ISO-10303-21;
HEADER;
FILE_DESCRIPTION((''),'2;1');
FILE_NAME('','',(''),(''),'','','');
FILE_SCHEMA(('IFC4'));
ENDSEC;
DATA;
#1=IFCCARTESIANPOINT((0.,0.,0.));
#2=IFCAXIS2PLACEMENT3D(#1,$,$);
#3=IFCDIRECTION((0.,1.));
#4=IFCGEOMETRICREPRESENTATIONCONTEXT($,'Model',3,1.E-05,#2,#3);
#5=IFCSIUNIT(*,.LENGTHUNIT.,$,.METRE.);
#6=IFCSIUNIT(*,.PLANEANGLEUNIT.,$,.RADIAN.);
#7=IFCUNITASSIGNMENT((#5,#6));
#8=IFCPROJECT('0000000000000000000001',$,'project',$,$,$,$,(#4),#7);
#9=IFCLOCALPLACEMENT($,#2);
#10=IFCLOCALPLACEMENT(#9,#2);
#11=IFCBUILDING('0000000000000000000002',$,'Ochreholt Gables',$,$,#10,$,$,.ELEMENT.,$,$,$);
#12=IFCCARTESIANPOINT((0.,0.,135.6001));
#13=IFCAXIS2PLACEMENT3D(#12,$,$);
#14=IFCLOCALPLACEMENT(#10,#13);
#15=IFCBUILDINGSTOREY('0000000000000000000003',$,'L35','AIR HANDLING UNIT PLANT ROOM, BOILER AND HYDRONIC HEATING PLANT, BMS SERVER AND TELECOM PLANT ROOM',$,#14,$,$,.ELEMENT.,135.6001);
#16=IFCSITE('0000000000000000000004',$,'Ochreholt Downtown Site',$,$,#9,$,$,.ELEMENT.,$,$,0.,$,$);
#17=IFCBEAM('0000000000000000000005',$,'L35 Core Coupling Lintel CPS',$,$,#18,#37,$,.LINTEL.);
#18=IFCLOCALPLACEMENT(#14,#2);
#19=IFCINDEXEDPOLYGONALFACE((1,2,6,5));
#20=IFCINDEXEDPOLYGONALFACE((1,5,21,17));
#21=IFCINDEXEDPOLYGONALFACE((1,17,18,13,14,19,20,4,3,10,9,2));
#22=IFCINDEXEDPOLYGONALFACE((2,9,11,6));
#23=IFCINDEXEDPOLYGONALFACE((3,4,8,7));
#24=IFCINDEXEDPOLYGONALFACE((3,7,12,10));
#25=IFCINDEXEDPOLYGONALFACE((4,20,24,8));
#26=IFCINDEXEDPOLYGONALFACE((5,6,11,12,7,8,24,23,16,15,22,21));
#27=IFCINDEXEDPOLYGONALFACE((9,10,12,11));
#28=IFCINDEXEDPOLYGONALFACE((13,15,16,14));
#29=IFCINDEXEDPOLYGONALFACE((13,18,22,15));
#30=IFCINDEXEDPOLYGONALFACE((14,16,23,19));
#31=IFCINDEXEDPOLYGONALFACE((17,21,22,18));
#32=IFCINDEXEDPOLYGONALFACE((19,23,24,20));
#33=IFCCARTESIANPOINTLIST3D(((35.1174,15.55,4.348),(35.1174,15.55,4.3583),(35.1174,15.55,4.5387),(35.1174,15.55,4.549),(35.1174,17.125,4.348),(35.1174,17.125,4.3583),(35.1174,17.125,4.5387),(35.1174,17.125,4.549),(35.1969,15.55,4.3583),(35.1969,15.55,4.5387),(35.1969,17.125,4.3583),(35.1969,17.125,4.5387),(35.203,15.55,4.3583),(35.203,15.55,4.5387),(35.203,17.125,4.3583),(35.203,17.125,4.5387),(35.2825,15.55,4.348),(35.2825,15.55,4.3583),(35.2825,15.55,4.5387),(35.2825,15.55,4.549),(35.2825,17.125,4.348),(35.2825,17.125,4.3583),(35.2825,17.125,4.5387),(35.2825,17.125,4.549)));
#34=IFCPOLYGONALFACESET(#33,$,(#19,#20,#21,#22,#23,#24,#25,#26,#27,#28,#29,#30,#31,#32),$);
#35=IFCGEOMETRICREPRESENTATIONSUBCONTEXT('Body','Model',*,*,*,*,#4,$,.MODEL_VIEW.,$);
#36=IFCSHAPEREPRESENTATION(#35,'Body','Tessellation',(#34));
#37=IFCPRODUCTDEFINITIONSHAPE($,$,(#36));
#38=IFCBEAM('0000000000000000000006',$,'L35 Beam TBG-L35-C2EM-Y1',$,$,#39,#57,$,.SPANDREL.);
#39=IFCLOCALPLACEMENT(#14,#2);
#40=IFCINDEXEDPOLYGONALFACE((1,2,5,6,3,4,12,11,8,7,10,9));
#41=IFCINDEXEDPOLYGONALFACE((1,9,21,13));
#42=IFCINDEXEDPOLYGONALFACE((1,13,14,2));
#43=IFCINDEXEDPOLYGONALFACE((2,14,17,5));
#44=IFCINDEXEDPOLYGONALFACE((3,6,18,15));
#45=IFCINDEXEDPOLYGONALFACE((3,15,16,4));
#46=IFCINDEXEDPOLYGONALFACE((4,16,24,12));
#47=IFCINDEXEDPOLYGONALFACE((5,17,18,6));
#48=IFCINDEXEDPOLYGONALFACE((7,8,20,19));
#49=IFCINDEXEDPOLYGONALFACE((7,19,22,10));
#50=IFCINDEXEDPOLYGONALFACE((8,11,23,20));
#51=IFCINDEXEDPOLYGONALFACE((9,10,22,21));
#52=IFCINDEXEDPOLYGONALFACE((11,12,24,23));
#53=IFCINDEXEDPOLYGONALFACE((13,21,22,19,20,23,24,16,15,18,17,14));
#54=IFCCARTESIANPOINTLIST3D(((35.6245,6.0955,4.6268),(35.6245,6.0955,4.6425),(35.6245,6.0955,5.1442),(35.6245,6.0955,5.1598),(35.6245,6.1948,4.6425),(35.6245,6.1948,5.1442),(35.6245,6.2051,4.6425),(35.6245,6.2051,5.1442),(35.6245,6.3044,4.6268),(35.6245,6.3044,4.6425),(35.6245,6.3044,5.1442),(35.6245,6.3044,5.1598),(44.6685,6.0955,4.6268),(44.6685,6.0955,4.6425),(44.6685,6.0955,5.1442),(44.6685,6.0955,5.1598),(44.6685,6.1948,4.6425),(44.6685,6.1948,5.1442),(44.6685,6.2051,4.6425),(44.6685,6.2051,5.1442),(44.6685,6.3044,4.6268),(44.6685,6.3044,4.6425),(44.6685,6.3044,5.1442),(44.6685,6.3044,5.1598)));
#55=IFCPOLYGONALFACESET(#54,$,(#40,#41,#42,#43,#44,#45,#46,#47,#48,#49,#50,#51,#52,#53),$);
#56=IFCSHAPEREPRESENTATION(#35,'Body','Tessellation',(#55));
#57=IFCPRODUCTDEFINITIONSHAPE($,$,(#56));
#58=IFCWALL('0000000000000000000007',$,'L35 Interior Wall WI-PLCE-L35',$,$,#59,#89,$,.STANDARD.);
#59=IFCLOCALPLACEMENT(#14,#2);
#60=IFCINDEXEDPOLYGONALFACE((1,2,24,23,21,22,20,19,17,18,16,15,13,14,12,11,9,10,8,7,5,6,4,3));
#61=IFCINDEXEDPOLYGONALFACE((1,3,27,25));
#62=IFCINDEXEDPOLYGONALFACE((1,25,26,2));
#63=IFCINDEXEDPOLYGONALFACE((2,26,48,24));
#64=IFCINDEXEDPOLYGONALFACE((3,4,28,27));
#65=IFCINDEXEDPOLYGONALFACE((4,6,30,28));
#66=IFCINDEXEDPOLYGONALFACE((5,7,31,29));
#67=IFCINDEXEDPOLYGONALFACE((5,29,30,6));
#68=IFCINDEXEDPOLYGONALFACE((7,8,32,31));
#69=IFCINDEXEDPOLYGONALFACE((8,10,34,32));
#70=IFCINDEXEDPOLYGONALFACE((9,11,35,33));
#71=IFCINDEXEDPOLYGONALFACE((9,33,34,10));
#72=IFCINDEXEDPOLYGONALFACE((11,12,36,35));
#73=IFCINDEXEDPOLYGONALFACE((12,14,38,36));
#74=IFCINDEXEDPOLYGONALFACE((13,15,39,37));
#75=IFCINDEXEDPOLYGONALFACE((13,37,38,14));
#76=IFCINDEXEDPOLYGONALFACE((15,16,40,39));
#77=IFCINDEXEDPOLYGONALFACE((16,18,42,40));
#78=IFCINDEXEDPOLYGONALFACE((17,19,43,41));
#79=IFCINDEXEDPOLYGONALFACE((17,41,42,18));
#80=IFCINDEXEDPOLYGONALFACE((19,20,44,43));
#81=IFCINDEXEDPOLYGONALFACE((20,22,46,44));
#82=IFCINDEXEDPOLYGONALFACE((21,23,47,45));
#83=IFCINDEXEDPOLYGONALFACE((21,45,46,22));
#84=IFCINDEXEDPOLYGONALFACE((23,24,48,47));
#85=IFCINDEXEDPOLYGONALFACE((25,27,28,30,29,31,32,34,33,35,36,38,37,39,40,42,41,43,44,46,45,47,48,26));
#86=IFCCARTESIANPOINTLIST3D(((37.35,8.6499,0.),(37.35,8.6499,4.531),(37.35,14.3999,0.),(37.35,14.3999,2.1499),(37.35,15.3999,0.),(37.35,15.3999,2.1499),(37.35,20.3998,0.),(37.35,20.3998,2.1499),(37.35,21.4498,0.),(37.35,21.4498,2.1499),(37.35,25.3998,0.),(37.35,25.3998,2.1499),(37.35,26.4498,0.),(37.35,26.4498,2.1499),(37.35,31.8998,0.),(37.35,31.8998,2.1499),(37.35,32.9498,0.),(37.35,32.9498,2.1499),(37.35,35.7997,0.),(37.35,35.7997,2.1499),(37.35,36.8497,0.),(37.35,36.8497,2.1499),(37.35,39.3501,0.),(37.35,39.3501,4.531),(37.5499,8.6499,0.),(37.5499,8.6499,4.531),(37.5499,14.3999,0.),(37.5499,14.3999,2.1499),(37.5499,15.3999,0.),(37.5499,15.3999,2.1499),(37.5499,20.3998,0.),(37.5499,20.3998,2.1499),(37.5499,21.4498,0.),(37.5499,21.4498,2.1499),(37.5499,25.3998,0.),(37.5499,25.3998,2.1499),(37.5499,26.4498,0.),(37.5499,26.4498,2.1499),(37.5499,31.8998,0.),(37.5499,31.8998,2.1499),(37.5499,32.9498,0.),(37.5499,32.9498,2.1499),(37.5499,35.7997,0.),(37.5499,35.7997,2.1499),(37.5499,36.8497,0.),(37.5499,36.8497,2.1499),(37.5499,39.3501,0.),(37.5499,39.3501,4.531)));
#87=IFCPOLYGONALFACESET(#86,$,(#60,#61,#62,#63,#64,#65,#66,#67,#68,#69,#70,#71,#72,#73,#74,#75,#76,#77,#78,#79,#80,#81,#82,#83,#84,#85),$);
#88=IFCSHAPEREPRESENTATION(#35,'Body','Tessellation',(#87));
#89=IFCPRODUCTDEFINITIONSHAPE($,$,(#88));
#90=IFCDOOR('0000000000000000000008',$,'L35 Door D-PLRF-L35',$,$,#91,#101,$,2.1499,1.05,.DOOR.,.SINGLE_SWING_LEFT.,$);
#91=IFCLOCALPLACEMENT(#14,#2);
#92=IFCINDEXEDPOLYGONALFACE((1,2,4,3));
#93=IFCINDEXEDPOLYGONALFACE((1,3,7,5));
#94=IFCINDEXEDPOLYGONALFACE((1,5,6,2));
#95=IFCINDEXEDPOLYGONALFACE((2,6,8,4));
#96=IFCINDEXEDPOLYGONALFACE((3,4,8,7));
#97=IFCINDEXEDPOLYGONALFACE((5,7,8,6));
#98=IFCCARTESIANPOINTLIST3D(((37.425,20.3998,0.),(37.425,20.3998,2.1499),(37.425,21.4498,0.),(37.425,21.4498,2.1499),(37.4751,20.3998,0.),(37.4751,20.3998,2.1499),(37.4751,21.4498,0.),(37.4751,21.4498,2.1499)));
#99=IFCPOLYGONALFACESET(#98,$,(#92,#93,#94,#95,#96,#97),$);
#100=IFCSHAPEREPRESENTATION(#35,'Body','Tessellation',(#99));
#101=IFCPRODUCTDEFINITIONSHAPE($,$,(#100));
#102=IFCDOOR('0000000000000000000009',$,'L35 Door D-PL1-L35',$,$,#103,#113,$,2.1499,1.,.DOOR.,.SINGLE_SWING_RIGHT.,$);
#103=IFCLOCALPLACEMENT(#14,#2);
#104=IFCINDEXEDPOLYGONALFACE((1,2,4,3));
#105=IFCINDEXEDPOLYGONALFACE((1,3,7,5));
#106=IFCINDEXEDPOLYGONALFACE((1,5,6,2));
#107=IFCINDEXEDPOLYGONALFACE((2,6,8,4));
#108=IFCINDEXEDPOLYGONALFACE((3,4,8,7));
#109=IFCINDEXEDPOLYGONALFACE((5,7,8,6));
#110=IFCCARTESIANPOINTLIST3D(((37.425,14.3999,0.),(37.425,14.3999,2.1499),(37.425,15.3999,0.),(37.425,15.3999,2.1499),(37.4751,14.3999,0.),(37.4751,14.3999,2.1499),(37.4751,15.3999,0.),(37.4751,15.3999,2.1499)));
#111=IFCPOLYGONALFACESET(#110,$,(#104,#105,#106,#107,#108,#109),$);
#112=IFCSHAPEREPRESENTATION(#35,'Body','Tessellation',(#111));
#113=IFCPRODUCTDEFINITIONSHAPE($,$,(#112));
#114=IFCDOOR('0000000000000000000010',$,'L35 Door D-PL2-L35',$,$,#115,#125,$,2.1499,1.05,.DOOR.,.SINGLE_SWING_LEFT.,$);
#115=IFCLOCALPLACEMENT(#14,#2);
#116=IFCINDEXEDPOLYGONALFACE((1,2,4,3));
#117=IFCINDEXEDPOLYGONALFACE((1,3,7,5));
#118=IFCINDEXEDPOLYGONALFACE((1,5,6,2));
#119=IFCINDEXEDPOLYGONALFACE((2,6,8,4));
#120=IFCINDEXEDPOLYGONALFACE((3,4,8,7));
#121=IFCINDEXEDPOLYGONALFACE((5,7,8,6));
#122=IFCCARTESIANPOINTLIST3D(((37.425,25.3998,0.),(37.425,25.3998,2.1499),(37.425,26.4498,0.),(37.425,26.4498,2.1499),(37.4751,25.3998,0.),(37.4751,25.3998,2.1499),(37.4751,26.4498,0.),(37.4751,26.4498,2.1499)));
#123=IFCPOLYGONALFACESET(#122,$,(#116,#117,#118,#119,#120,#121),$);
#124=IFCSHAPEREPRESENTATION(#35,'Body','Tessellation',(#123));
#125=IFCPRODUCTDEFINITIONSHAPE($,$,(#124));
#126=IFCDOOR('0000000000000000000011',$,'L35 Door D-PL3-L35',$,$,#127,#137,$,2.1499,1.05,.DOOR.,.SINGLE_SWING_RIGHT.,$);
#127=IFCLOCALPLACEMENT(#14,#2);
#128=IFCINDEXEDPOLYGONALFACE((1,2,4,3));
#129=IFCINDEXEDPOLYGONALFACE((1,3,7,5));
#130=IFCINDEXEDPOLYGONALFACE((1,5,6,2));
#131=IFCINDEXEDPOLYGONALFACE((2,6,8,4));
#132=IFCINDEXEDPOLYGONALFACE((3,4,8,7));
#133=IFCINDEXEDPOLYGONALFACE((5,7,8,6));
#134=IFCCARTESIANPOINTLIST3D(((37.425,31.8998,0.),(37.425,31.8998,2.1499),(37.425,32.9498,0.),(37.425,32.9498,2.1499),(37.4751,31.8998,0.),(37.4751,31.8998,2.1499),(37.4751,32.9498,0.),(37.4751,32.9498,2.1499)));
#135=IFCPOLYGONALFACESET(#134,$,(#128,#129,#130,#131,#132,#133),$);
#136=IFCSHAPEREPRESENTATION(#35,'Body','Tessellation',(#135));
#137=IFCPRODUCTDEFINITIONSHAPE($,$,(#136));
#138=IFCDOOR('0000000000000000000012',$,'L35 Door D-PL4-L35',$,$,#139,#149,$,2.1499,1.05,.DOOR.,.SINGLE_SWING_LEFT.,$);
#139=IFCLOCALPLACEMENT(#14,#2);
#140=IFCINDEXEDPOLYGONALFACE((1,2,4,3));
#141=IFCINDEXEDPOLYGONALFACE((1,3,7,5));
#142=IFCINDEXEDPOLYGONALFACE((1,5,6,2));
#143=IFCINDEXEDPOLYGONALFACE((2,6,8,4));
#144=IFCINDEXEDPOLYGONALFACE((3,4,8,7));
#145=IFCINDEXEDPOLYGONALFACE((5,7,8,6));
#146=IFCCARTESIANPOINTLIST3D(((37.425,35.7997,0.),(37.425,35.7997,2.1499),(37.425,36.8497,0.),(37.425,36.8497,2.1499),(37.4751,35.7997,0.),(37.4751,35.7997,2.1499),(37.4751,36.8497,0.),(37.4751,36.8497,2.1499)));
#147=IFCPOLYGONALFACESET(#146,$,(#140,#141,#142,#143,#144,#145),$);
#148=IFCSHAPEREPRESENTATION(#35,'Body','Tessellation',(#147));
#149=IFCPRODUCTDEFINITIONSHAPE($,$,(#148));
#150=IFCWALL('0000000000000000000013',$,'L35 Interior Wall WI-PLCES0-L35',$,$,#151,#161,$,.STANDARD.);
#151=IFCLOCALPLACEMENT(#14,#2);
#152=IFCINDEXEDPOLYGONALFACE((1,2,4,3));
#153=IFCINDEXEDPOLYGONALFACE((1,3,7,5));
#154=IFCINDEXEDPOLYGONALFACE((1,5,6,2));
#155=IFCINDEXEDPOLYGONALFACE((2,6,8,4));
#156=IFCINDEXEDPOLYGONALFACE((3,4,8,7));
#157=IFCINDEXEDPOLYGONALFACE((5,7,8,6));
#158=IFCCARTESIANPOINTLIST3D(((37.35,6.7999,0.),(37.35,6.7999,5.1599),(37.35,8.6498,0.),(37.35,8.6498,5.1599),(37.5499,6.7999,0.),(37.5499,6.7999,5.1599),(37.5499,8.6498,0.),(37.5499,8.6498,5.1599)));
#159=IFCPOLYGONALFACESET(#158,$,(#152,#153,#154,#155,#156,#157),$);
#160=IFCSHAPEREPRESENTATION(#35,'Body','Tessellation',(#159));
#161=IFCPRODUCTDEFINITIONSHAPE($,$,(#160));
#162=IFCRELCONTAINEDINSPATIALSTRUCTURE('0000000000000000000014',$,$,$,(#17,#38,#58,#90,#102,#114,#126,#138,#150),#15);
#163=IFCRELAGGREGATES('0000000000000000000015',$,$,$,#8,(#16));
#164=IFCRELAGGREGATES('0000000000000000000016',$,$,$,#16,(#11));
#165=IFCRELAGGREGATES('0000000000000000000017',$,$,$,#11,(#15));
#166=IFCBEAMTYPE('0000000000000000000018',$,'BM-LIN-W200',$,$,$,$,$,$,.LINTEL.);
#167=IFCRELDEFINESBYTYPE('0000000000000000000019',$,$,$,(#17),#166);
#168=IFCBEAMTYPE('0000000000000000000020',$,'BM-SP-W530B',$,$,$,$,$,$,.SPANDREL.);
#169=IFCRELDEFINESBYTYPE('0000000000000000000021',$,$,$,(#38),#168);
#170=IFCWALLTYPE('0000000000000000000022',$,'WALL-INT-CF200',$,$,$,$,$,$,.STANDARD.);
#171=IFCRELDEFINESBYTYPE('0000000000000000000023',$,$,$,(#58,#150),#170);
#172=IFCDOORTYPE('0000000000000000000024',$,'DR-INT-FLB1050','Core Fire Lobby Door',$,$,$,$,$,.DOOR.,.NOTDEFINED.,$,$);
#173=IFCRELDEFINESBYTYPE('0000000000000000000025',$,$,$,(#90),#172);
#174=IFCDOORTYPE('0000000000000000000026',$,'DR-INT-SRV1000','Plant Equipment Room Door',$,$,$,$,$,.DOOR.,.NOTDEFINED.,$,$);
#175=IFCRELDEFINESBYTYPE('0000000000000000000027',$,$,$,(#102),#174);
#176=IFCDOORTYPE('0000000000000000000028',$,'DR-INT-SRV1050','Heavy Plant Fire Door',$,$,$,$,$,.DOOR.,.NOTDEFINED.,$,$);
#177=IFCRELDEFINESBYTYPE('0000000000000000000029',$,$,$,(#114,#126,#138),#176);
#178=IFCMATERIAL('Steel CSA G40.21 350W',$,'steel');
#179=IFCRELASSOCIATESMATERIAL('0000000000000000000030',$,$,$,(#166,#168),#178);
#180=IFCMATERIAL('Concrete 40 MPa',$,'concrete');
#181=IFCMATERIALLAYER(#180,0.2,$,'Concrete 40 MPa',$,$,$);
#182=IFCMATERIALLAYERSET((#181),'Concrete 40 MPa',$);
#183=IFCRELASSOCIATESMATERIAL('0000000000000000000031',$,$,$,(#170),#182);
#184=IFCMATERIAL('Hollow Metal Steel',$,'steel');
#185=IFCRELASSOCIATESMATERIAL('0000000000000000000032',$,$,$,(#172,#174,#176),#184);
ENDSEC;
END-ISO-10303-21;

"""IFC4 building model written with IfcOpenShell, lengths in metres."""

from ifc_helpers import new_model, si_unit, direction, frame, frame_2d, origin, origin_2d, place, context, subcontext, project, spatial, rectangle, i_section, extrude, material, layer, layer_set, material_profile, profile_set, type_object, element, fill, save


model = new_model("IFC4")

# Units and contexts
model_context = context("Model", 3, precision=1e-05, world=origin(), true_north=direction((0.0, 1.0)))
body_context = subcontext(model_context, "Body", "Model", "MODEL_VIEW")
ifc_project = project(units=[si_unit("LENGTHUNIT", "METRE"), si_unit("PLANEANGLEUNIT", "RADIAN")], contexts=[model_context])

# Site, building, storey
site_placement = place(None, origin())
site = spatial("IfcSite", under=ifc_project, at=site_placement, Name="Ochreholt Downtown Site", CompositionType="ELEMENT", RefElevation=0.0)
building_placement = place(site_placement, origin())
building = spatial("IfcBuilding", under=site, at=building_placement, Name="Ochreholt Gables", CompositionType="ELEMENT")
storey_placement = place(building_placement, frame((0.0, 0.0, 135.6001)))
storey = spatial("IfcBuildingStorey", under=building, at=storey_placement, Name="L35", Description="AIR HANDLING UNIT PLANT ROOM, BOILER AND HYDRONIC HEATING PLANT, BMS SERVER AND TELECOM PLANT ROOM", CompositionType="ELEMENT", Elevation=135.6001)

# Shared definitions
ifc_material_1 = material(Name="Steel CSA G40.21 350W", Category="steel")

# Beams
ifc_material_profile_1 = material_profile(ifc_material_1, i_section(OverallWidth=0.165, OverallDepth=0.2009, WebThickness=0.0061, FlangeThickness=0.0103, at=origin_2d()), Name="W200X36")
ifc_profile_set_1 = profile_set([ifc_material_profile_1], Name="Steel CSA G40.21 350W")
beam_type_1 = type_object("IfcBeamType", Name="BM-LIN-W200", PredefinedType="LINTEL", material=ifc_profile_set_1)
beam_1_placement = place(storey_placement, frame((35.2, 15.55, 4.4485), z_axis=(0.0, 1.0, 0.0), x_axis=(-1.0, 0.0, 0.0)))
element("IfcBeam", 1, at=beam_1_placement, inside=storey, type_object=beam_type_1, Name="L35 Core Coupling Lintel CPS", PredefinedType="LINTEL", context=body_context, shape_type="SweptSolid", body=[
    extrude(i_section(OverallWidth=0.165, OverallDepth=0.2009, WebThickness=0.0061, FlangeThickness=0.0103, at=origin_2d()), origin(), (0.0, 0.0, 1.0), 1.575),
])
ifc_material_profile_2 = material_profile(ifc_material_1, i_section(OverallWidth=0.209, OverallDepth=0.533, WebThickness=0.0103, FlangeThickness=0.0156, at=origin_2d()), Name="W530X92")
ifc_profile_set_2 = profile_set([ifc_material_profile_2], Name="Steel CSA G40.21 350W")
beam_type_2 = type_object("IfcBeamType", Name="BM-SP-W530B", PredefinedType="SPANDREL", material=ifc_profile_set_2)
beam_2_placement = place(storey_placement, frame((35.6245, 6.2, 4.8933), z_axis=(1.0, 0.0, 0.0), x_axis=(0.0, 1.0, 0.0)))
element("IfcBeam", 2, at=beam_2_placement, inside=storey, type_object=beam_type_2, Name="L35 Beam TBG-L35-C2EM-Y1", PredefinedType="SPANDREL", context=body_context, shape_type="SweptSolid", body=[
    extrude(i_section(OverallWidth=0.209, OverallDepth=0.533, WebThickness=0.0103, FlangeThickness=0.0156, at=origin_2d()), origin(), (0.0, 0.0, 1.0), 9.0439),
])

# Wall, openings, doors
ifc_material_2 = material(Name="Concrete 40 MPa", Category="concrete")
ifc_layer_1 = layer(ifc_material_2, 0.2, Name="Concrete 40 MPa")
ifc_layer_set_1 = layer_set([ifc_layer_1], Name="Concrete 40 MPa")
wall_type = type_object("IfcWallType", Name="WALL-INT-CF200", PredefinedType="STANDARD", material=ifc_layer_set_1)
wall_1_placement = place(storey_placement, frame((37.45, 8.6499, 0.0), z_axis=(0.0, 0.0, 1.0), x_axis=(0.0, 1.0, 0.0)))
wall_1 = element("IfcWall", 3, at=wall_1_placement, inside=storey, type_object=wall_type, Name="L35 Interior Wall WI-PLCE-L35", PredefinedType="STANDARD", context=body_context, shape_type="SweptSolid", body=[
    extrude(rectangle(XDim=30.7002, YDim=0.2, at=frame_2d((15.3501, 0.0))), origin(), (0.0, 0.0, 1.0), 4.531),
])
opening_1_placement = place(wall_1_placement, frame((11.75, 0.0, 0.0)))
opening_1 = element("IfcOpeningElement", 4, at=opening_1_placement, cuts=wall_1, PredefinedType="OPENING", context=body_context, shape_type="SweptSolid", body=[
    extrude(rectangle(XDim=1.05, YDim=2.1499, at=frame_2d((0.5249, 1.075))), frame((0.0, 0.1099, 0.0), z_axis=(0.0, -1.0, 0.0), x_axis=(1.0, 0.0, 0.0)), (0.0, 0.0, 1.0), 0.22),
])
opening_2_placement = place(wall_1_placement, frame((5.75, 0.0, 0.0)))
opening_2 = element("IfcOpeningElement", 5, at=opening_2_placement, cuts=wall_1, PredefinedType="OPENING", context=body_context, shape_type="SweptSolid", body=[
    extrude(rectangle(XDim=1.0, YDim=2.1499, at=frame_2d((0.5, 1.075))), frame((0.0, 0.1099, 0.0), z_axis=(0.0, -1.0, 0.0), x_axis=(1.0, 0.0, 0.0)), (0.0, 0.0, 1.0), 0.22),
])
opening_3_placement = place(wall_1_placement, frame((16.75, 0.0, 0.0)))
opening_3 = element("IfcOpeningElement", 6, at=opening_3_placement, cuts=wall_1, PredefinedType="OPENING", context=body_context, shape_type="SweptSolid", body=[
    extrude(rectangle(XDim=1.05, YDim=2.1499, at=frame_2d((0.5249, 1.075))), frame((0.0, 0.1099, 0.0), z_axis=(0.0, -1.0, 0.0), x_axis=(1.0, 0.0, 0.0)), (0.0, 0.0, 1.0), 0.22),
])
opening_4_placement = place(wall_1_placement, frame((23.25, 0.0, 0.0)))
opening_4 = element("IfcOpeningElement", 7, at=opening_4_placement, cuts=wall_1, PredefinedType="OPENING", context=body_context, shape_type="SweptSolid", body=[
    extrude(rectangle(XDim=1.05, YDim=2.1499, at=frame_2d((0.5249, 1.075))), frame((0.0, 0.1099, 0.0), z_axis=(0.0, -1.0, 0.0), x_axis=(1.0, 0.0, 0.0)), (0.0, 0.0, 1.0), 0.22),
])
opening_5_placement = place(wall_1_placement, frame((27.1499, 0.0, 0.0)))
opening_5 = element("IfcOpeningElement", 8, at=opening_5_placement, cuts=wall_1, PredefinedType="OPENING", context=body_context, shape_type="SweptSolid", body=[
    extrude(rectangle(XDim=1.05, YDim=2.1499, at=frame_2d((0.5249, 1.075))), frame((0.0, 0.1099, 0.0), z_axis=(0.0, -1.0, 0.0), x_axis=(1.0, 0.0, 0.0)), (0.0, 0.0, 1.0), 0.22),
])
ifc_material_3 = material(Name="Hollow Metal Steel", Category="steel")
door_type_1 = type_object("IfcDoorType", Name="DR-INT-FLB1050", Description="Core Fire Lobby Door", OperationType="NOTDEFINED", PredefinedType="DOOR", material=ifc_material_3)
door_1_placement = place(opening_1_placement, origin())
door_1 = element("IfcDoor", 9, at=door_1_placement, inside=storey, type_object=door_type_1, Name="L35 Door D-PLRF-L35", OperationType="SINGLE_SWING_LEFT", OverallHeight=2.1499, OverallWidth=1.05, PredefinedType="DOOR", context=body_context, shape_type="SweptSolid", body=[
    extrude(rectangle(XDim=1.05, YDim=2.1499, at=frame_2d((0.5249, 1.075))), frame((0.0, 0.0249, 0.0), z_axis=(0.0, -1.0, 0.0), x_axis=(1.0, 0.0, 0.0)), (0.0, 0.0, 1.0), 0.05),
])
fill(opening_1, door_1)
door_type_2 = type_object("IfcDoorType", Name="DR-INT-SRV1000", Description="Plant Equipment Room Door", OperationType="NOTDEFINED", PredefinedType="DOOR", material=ifc_material_3)
door_2_placement = place(opening_2_placement, origin())
door_2 = element("IfcDoor", 10, at=door_2_placement, inside=storey, type_object=door_type_2, Name="L35 Door D-PL1-L35", OperationType="SINGLE_SWING_RIGHT", OverallHeight=2.1499, OverallWidth=1.0, PredefinedType="DOOR", context=body_context, shape_type="SweptSolid", body=[
    extrude(rectangle(XDim=1.0, YDim=2.1499, at=frame_2d((0.5, 1.075))), frame((0.0, 0.0249, 0.0), z_axis=(0.0, -1.0, 0.0), x_axis=(1.0, 0.0, 0.0)), (0.0, 0.0, 1.0), 0.05),
])
fill(opening_2, door_2)
door_type_3 = type_object("IfcDoorType", Name="DR-INT-SRV1050", Description="Heavy Plant Fire Door", OperationType="NOTDEFINED", PredefinedType="DOOR", material=ifc_material_3)
door_3_placement = place(opening_3_placement, origin())
door_3 = element("IfcDoor", 11, at=door_3_placement, inside=storey, type_object=door_type_3, Name="L35 Door D-PL2-L35", OperationType="SINGLE_SWING_LEFT", OverallHeight=2.1499, OverallWidth=1.05, PredefinedType="DOOR", context=body_context, shape_type="SweptSolid", body=[
    extrude(rectangle(XDim=1.05, YDim=2.1499, at=frame_2d((0.5249, 1.075))), frame((0.0, 0.0249, 0.0), z_axis=(0.0, -1.0, 0.0), x_axis=(1.0, 0.0, 0.0)), (0.0, 0.0, 1.0), 0.05),
])
fill(opening_3, door_3)
door_4_placement = place(opening_4_placement, origin())
door_4 = element("IfcDoor", 12, at=door_4_placement, inside=storey, type_object=door_type_3, Name="L35 Door D-PL3-L35", OperationType="SINGLE_SWING_RIGHT", OverallHeight=2.1499, OverallWidth=1.05, PredefinedType="DOOR", context=body_context, shape_type="SweptSolid", body=[
    extrude(rectangle(XDim=1.05, YDim=2.1499, at=frame_2d((0.5249, 1.075))), frame((0.0, 0.0249, 0.0), z_axis=(0.0, -1.0, 0.0), x_axis=(1.0, 0.0, 0.0)), (0.0, 0.0, 1.0), 0.05),
])
fill(opening_4, door_4)
door_5_placement = place(opening_5_placement, origin())
door_5 = element("IfcDoor", 13, at=door_5_placement, inside=storey, type_object=door_type_3, Name="L35 Door D-PL4-L35", OperationType="SINGLE_SWING_LEFT", OverallHeight=2.1499, OverallWidth=1.05, PredefinedType="DOOR", context=body_context, shape_type="SweptSolid", body=[
    extrude(rectangle(XDim=1.05, YDim=2.1499, at=frame_2d((0.5249, 1.075))), frame((0.0, 0.0249, 0.0), z_axis=(0.0, -1.0, 0.0), x_axis=(1.0, 0.0, 0.0)), (0.0, 0.0, 1.0), 0.05),
])
fill(opening_5, door_5)

# Wall
wall_2_placement = place(storey_placement, frame((37.45, 6.8, 0.0), z_axis=(0.0, 0.0, 1.0), x_axis=(0.0, 1.0, 0.0)))
element("IfcWall", 14, at=wall_2_placement, inside=storey, type_object=wall_type, Name="L35 Interior Wall WI-PLCES0-L35", PredefinedType="STANDARD", context=body_context, shape_type="SweptSolid", body=[
    extrude(rectangle(XDim=1.8499, YDim=0.2, at=frame_2d((0.9248, 0.0))), origin(), (0.0, 0.0, 1.0), 5.1599),
])

save(model, "model.ifc")
